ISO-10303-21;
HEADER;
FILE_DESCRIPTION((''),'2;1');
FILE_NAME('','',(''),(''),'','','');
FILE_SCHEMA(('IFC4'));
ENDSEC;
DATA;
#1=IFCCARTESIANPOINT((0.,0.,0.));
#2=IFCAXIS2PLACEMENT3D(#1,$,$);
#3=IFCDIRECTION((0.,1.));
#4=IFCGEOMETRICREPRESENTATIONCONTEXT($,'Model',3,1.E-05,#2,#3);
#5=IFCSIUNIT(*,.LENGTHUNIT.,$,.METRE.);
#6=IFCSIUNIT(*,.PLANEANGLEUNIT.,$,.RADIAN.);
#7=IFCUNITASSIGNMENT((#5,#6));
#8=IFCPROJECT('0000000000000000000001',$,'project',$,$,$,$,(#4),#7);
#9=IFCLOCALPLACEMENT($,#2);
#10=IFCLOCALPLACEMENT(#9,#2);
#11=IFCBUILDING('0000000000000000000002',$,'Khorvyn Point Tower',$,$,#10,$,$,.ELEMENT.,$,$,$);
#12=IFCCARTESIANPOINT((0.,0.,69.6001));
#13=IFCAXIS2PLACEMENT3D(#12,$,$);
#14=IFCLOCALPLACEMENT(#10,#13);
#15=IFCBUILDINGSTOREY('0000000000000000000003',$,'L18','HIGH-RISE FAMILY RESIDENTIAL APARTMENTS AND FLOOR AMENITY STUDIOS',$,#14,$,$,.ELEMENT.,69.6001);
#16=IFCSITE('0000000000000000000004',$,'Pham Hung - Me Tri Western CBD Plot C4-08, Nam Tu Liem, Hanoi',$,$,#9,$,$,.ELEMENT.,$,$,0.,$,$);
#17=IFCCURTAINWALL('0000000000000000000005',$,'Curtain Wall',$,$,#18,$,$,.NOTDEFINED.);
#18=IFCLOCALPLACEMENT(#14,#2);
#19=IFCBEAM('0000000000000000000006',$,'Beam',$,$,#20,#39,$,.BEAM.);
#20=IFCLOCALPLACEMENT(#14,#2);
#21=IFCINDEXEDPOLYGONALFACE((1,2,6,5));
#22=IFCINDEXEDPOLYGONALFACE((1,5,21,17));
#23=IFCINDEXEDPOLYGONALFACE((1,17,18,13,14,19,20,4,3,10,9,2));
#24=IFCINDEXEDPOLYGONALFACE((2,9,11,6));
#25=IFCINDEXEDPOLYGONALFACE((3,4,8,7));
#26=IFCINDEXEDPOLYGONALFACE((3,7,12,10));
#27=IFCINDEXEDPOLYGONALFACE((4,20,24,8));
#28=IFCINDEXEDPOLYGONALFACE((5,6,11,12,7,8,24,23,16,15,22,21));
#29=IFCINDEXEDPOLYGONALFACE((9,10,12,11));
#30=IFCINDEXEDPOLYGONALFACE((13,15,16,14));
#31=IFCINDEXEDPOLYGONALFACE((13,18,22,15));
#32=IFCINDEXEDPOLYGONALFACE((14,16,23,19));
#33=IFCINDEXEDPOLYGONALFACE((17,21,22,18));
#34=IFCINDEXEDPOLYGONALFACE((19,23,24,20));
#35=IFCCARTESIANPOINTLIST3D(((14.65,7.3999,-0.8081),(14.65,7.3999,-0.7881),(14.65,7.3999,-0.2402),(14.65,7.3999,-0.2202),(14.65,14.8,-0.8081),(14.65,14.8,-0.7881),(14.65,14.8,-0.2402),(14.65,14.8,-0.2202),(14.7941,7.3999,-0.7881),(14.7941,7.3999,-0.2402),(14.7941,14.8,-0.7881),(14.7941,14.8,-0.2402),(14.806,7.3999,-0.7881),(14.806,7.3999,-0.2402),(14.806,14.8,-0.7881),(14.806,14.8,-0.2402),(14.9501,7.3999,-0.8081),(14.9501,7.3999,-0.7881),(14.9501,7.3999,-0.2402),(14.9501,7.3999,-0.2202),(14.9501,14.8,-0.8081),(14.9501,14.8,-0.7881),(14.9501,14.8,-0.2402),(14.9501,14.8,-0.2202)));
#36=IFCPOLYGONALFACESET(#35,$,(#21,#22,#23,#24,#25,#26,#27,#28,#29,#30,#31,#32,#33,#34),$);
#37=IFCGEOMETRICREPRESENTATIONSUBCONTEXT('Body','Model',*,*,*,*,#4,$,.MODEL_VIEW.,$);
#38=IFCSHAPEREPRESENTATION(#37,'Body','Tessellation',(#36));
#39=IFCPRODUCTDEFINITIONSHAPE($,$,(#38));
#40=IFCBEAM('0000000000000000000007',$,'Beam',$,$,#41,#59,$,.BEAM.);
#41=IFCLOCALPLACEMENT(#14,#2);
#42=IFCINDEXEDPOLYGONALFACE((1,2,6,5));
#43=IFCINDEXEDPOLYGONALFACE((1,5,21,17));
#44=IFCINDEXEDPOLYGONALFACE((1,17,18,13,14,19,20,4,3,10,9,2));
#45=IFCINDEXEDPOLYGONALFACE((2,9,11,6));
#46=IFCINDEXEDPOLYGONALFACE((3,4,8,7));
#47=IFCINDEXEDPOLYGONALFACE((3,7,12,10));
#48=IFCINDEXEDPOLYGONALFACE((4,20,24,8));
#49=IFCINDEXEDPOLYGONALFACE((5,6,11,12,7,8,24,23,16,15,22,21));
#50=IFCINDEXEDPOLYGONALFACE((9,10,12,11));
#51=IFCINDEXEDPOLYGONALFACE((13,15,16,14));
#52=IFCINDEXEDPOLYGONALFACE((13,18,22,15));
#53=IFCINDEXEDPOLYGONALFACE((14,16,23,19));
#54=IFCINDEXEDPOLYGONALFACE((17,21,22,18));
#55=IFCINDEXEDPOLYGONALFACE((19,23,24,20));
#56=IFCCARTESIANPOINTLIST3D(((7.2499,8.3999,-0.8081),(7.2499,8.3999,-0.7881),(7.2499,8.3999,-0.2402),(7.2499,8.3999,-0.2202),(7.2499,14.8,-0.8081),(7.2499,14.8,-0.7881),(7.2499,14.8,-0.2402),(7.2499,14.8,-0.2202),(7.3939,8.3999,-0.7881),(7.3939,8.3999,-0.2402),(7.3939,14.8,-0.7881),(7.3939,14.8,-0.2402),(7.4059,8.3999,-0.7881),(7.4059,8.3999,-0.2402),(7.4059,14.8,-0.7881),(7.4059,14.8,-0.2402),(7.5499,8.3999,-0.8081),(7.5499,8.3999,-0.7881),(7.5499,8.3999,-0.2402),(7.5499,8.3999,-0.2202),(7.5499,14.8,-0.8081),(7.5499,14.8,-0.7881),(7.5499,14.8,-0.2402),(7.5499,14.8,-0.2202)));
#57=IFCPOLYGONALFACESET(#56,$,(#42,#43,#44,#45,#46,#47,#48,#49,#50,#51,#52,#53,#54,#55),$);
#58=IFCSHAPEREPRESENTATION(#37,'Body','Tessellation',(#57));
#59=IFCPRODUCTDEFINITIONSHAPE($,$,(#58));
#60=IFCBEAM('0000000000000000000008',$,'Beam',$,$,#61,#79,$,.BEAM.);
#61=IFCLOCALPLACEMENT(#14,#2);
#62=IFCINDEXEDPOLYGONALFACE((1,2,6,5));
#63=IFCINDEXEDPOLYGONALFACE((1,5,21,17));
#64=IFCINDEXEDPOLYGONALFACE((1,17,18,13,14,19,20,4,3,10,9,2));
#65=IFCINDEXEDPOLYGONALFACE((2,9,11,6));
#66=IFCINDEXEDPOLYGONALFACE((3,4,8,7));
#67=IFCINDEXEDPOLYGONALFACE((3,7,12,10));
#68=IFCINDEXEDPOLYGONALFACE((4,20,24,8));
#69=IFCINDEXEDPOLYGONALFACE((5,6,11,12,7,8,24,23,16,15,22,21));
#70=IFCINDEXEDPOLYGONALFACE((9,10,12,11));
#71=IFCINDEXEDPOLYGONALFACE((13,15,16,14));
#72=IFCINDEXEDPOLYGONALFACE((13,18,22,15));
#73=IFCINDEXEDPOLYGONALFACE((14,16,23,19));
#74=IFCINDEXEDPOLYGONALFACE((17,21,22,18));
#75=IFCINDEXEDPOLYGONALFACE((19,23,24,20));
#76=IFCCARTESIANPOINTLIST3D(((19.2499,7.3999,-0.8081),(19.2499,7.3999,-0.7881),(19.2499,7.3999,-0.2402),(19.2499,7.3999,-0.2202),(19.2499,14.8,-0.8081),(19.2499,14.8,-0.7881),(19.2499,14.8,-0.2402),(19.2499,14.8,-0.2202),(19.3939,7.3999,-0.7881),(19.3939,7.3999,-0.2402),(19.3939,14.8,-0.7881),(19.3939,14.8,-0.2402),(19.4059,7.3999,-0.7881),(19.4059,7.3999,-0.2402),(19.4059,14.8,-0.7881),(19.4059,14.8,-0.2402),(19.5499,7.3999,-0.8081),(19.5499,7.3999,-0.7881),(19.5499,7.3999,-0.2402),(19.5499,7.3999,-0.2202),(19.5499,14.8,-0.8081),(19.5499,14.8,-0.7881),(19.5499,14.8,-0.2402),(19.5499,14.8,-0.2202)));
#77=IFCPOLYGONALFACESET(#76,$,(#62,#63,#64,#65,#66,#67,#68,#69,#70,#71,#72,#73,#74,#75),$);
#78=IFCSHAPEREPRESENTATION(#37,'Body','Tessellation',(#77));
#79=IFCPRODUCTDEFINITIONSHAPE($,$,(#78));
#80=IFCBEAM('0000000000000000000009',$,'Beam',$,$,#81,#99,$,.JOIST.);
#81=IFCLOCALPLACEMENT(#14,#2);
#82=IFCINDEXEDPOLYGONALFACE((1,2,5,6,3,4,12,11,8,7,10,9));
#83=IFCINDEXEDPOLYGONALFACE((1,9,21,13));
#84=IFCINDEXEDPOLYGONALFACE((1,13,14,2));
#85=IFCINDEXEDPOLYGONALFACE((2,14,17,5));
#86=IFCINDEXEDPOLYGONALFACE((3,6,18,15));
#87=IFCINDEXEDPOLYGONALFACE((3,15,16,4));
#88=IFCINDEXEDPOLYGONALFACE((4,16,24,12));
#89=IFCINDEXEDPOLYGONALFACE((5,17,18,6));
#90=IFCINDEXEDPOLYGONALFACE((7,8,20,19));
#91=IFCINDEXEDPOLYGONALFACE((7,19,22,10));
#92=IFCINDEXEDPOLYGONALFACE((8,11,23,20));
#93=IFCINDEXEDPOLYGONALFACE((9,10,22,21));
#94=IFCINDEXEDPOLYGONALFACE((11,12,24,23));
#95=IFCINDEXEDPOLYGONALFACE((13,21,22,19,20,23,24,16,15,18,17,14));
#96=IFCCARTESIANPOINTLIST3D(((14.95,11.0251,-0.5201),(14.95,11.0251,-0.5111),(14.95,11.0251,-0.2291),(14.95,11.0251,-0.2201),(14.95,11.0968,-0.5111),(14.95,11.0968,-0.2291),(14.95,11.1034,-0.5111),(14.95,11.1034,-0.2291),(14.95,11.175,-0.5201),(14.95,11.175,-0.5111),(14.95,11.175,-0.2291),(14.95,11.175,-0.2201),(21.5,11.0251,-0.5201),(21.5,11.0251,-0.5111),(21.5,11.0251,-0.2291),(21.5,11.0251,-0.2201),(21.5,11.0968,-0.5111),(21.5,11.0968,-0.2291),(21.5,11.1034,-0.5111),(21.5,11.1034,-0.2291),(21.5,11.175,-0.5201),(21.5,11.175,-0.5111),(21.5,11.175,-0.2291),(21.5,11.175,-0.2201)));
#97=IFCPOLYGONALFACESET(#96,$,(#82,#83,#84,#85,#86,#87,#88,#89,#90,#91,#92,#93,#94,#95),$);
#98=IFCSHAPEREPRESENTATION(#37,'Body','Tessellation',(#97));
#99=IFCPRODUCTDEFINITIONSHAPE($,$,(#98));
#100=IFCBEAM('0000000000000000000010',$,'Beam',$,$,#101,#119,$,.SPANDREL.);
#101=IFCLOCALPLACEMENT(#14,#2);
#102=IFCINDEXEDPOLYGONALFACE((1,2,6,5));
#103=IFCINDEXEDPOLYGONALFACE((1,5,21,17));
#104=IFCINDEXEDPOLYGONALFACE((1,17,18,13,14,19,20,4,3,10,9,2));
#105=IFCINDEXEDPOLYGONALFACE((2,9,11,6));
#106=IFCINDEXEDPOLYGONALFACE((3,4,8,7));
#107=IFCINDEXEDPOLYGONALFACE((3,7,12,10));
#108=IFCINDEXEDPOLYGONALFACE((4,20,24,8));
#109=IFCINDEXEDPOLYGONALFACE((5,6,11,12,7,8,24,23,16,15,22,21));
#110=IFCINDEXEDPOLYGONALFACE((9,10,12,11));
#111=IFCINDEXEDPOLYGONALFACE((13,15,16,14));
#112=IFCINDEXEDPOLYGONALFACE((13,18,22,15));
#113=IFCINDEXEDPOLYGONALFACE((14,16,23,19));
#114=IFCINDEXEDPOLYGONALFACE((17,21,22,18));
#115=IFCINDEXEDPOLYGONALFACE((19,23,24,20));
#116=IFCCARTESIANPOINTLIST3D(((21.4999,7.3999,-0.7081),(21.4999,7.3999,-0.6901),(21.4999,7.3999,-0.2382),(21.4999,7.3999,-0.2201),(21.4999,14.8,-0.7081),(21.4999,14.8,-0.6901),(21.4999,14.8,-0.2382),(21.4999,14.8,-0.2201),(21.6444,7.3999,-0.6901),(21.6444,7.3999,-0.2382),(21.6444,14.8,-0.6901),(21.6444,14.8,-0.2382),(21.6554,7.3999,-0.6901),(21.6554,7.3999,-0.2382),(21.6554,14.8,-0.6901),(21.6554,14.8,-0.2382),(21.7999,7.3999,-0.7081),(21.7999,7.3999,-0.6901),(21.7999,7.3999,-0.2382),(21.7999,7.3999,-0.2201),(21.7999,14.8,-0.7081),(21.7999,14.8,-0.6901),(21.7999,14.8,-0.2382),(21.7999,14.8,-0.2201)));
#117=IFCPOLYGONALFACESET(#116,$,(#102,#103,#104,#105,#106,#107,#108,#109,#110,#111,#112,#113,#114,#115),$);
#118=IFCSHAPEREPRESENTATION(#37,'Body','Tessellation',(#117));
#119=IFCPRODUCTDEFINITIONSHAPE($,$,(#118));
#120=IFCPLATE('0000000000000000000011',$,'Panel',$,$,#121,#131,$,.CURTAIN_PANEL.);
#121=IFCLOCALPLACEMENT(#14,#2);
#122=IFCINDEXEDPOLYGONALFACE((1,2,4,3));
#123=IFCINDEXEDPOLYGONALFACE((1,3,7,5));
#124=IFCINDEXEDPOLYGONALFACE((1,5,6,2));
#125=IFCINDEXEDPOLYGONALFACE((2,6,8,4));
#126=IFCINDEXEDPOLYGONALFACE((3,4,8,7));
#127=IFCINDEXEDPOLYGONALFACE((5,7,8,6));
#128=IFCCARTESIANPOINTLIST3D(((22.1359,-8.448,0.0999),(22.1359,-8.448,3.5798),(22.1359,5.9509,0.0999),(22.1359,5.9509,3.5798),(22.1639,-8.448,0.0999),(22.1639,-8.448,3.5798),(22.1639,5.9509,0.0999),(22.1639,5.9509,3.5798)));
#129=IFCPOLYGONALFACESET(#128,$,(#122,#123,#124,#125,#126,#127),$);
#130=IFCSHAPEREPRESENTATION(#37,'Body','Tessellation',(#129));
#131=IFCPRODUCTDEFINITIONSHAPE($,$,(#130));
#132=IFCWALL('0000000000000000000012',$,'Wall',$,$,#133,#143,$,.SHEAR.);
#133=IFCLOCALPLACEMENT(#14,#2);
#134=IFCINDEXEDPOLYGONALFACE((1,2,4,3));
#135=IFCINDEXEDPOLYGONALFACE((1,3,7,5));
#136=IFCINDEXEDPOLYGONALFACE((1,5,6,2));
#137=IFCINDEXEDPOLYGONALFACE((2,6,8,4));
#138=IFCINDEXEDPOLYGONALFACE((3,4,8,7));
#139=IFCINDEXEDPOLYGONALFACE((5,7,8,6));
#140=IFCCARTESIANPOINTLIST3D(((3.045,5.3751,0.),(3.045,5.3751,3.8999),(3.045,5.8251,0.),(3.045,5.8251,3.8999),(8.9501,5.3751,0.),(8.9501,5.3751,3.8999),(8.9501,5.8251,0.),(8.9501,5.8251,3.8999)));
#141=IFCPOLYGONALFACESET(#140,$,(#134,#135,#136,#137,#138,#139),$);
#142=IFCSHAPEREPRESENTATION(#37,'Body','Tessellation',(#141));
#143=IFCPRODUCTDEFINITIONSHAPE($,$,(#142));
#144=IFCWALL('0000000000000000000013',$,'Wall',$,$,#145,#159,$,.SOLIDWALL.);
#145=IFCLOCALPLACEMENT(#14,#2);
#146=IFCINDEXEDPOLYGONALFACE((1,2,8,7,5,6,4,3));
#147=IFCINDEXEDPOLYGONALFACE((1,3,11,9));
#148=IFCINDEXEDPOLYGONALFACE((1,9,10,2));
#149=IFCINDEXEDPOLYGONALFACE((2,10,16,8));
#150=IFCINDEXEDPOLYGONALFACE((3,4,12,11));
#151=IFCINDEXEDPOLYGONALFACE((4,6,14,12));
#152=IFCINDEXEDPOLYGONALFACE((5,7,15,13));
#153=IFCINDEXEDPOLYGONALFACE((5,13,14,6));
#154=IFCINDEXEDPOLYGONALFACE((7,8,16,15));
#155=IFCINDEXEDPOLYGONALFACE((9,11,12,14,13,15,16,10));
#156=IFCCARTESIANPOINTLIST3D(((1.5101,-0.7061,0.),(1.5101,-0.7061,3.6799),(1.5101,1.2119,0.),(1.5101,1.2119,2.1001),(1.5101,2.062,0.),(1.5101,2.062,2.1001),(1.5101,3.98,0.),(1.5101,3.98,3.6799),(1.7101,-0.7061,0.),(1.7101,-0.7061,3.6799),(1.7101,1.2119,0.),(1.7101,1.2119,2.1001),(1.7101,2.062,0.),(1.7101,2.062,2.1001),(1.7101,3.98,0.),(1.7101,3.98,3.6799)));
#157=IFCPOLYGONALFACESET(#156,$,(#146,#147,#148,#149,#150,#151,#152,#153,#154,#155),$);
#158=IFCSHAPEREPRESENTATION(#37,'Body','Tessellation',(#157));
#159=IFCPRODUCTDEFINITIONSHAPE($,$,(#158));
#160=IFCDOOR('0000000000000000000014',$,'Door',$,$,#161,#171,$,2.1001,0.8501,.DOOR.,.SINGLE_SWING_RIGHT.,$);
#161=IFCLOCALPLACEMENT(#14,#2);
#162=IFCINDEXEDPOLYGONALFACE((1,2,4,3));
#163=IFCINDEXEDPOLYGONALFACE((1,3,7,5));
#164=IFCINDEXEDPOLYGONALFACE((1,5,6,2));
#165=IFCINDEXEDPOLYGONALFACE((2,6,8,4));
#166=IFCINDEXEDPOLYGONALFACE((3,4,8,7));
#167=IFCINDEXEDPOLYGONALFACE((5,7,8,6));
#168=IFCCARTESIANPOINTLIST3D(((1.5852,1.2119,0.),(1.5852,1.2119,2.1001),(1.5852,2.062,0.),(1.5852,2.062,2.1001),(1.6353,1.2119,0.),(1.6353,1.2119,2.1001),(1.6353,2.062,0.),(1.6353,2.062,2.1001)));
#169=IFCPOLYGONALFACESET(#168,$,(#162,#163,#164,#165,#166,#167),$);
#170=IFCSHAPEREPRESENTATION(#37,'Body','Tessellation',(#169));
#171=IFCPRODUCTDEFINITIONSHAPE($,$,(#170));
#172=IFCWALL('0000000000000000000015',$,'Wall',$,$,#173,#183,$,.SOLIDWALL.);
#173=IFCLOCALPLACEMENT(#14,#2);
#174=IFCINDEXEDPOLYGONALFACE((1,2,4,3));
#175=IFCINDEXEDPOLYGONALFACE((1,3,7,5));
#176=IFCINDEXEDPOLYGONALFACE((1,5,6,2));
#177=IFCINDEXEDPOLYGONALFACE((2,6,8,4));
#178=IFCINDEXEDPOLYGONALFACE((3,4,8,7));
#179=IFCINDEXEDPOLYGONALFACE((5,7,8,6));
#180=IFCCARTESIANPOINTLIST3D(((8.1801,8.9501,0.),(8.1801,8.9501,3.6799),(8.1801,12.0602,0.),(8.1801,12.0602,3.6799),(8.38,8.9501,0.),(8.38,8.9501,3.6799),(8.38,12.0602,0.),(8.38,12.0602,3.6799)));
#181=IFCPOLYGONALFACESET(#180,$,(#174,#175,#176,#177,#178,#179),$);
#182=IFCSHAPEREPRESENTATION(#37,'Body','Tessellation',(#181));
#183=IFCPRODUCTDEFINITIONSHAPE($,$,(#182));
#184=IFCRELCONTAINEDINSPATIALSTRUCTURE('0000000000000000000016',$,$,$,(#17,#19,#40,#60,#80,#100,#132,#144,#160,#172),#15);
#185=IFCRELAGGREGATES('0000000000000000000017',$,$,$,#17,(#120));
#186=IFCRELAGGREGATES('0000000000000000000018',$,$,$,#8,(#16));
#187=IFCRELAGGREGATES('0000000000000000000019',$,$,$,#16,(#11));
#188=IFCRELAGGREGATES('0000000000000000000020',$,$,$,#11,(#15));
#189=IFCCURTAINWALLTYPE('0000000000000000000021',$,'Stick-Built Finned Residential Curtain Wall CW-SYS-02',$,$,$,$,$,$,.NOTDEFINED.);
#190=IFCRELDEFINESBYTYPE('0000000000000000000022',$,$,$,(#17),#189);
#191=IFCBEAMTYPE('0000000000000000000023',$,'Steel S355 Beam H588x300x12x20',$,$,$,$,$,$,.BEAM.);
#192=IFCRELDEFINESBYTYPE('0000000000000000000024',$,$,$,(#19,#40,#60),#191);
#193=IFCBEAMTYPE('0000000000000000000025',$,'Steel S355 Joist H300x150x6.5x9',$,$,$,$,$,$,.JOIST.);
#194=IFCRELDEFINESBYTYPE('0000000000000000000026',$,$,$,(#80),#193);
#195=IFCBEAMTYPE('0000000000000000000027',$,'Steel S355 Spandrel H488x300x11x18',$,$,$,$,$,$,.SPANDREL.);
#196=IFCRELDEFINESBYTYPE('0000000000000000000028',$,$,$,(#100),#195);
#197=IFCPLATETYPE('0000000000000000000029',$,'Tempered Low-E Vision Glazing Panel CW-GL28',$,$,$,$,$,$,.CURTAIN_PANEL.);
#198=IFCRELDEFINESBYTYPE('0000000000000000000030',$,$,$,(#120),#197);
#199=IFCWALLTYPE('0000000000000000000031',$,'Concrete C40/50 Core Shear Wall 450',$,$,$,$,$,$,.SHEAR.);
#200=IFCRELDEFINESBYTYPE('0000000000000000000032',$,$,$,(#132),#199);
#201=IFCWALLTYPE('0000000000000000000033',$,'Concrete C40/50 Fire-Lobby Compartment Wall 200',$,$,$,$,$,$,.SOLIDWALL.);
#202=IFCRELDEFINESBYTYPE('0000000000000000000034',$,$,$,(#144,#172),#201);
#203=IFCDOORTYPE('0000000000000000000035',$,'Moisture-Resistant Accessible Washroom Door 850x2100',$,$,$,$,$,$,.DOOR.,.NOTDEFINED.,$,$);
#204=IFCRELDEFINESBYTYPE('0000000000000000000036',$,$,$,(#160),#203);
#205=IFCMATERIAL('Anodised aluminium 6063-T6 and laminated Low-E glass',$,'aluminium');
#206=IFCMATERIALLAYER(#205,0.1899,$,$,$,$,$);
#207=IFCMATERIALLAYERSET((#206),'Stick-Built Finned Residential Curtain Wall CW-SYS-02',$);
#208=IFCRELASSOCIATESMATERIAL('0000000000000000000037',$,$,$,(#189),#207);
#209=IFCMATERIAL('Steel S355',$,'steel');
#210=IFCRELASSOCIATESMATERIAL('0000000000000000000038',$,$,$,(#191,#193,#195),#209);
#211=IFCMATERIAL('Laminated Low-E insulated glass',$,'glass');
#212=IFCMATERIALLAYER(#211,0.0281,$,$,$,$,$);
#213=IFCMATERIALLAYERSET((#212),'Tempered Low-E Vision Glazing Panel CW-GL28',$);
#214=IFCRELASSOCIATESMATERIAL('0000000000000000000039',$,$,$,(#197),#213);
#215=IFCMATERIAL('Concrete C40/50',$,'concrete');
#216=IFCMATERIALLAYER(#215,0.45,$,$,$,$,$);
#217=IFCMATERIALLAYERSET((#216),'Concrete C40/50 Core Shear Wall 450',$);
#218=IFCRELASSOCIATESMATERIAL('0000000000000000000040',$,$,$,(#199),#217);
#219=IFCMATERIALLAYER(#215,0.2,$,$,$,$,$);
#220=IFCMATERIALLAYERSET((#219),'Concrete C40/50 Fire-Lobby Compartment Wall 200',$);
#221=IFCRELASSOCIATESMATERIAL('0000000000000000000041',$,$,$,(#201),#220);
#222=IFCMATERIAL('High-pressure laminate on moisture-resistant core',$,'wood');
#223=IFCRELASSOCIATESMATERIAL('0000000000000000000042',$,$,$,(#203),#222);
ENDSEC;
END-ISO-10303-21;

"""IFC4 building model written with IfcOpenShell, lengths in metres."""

from ifc_helpers import new_model, si_unit, direction, frame, frame_2d, origin, origin_2d, place, context, subcontext, project, spatial, rectangle, i_section, extrude, material, layer, layer_set, material_profile, profile_set, type_object, element, fill, aggregate, save


model = new_model("IFC4")

# Units and contexts
model_context = context("Model", 3, precision=1e-05, world=origin(), true_north=direction((0.0, 1.0)))
body_context = subcontext(model_context, "Body", "Model", "MODEL_VIEW")
ifc_project = project(units=[si_unit("LENGTHUNIT", "METRE"), si_unit("PLANEANGLEUNIT", "RADIAN")], contexts=[model_context])

# Site, building, storey
site_placement = place(None, origin())
site = spatial("IfcSite", under=ifc_project, at=site_placement, Name="Pham Hung - Me Tri Western CBD Plot C4-08, Nam Tu Liem, Hanoi", CompositionType="ELEMENT", RefElevation=0.0)
building_placement = place(site_placement, origin())
building = spatial("IfcBuilding", under=site, at=building_placement, Name="Khorvyn Point Tower", CompositionType="ELEMENT")
storey_placement = place(building_placement, frame((0.0, 0.0, 69.6001)))
storey = spatial("IfcBuildingStorey", under=building, at=storey_placement, Name="L18", Description="HIGH-RISE FAMILY RESIDENTIAL APARTMENTS AND FLOOR AMENITY STUDIOS", CompositionType="ELEMENT", Elevation=69.6001)

# Curtain wall
ifc_material_1 = material(Name="Anodised aluminium 6063-T6 and laminated Low-E glass", Category="aluminium")
ifc_layer_1 = layer(ifc_material_1, 0.1899)
ifc_layer_set_1 = layer_set([ifc_layer_1], Name="Stick-Built Finned Residential Curtain Wall CW-SYS-02")
curtain_wall_type = type_object("IfcCurtainWallType", Name="Stick-Built Finned Residential Curtain Wall CW-SYS-02", PredefinedType="NOTDEFINED", material=ifc_layer_set_1)
curtain_wall_placement = place(storey_placement, origin())
curtain_wall = element("IfcCurtainWall", 1, at=curtain_wall_placement, inside=storey, type_object=curtain_wall_type, Name="Curtain Wall", PredefinedType="NOTDEFINED")

# Beams
ifc_material_2 = material(Name="Steel S355", Category="steel")
ifc_material_profile_1 = material_profile(ifc_material_2, i_section(OverallWidth=0.3, OverallDepth=0.5879, WebThickness=0.012, FlangeThickness=0.02, at=origin_2d()))
ifc_profile_set_1 = profile_set([ifc_material_profile_1], Name="Steel S355 H588x300x12x20")
beam_type_1 = type_object("IfcBeamType", Name="Steel S355 Beam H588x300x12x20", PredefinedType="BEAM", material=ifc_profile_set_1)
beam_1_placement = place(storey_placement, frame((14.8, 7.3999, -0.5142), z_axis=(0.0, 1.0, 0.0), x_axis=(-1.0, 0.0, 0.0)))
element("IfcBeam", 2, at=beam_1_placement, inside=storey, type_object=beam_type_1, Name="Beam", PredefinedType="BEAM", context=body_context, shape_type="SweptSolid", body=[
    extrude(i_section(OverallWidth=0.3, OverallDepth=0.5879, WebThickness=0.012, FlangeThickness=0.02, at=origin_2d()), origin(), (0.0, 0.0, 1.0), 7.4001),
])
beam_2_placement = place(storey_placement, frame((7.3999, 8.3999, -0.5142), z_axis=(0.0, 1.0, 0.0), x_axis=(-1.0, 0.0, 0.0)))
element("IfcBeam", 3, at=beam_2_placement, inside=storey, type_object=beam_type_1, Name="Beam", PredefinedType="BEAM", context=body_context, shape_type="SweptSolid", body=[
    extrude(i_section(OverallWidth=0.3, OverallDepth=0.5879, WebThickness=0.012, FlangeThickness=0.02, at=origin_2d()), origin(), (0.0, 0.0, 1.0), 6.4001),
])
beam_3_placement = place(storey_placement, frame((19.3999, 7.3999, -0.5142), z_axis=(0.0, 1.0, 0.0), x_axis=(-1.0, 0.0, 0.0)))
element("IfcBeam", 4, at=beam_3_placement, inside=storey, type_object=beam_type_1, Name="Beam", PredefinedType="BEAM", context=body_context, shape_type="SweptSolid", body=[
    extrude(i_section(OverallWidth=0.3, OverallDepth=0.5879, WebThickness=0.012, FlangeThickness=0.02, at=origin_2d()), origin(), (0.0, 0.0, 1.0), 7.4001),
])
ifc_material_profile_2 = material_profile(ifc_material_2, i_section(OverallWidth=0.1499, OverallDepth=0.3, WebThickness=0.0066, FlangeThickness=0.009, at=origin_2d()))
ifc_profile_set_2 = profile_set([ifc_material_profile_2], Name="Steel S355 H300x150x6.5x9")
beam_type_2 = type_object("IfcBeamType", Name="Steel S355 Joist H300x150x6.5x9", PredefinedType="JOIST", material=ifc_profile_set_2)
beam_4_placement = place(storey_placement, frame((14.95, 11.1001, -0.3701), z_axis=(1.0, 0.0, 0.0), x_axis=(0.0, 1.0, 0.0)))
element("IfcBeam", 5, at=beam_4_placement, inside=storey, type_object=beam_type_2, Name="Beam", PredefinedType="JOIST", context=body_context, shape_type="SweptSolid", body=[
    extrude(i_section(OverallWidth=0.1499, OverallDepth=0.3, WebThickness=0.0066, FlangeThickness=0.009, at=origin_2d()), origin(), (0.0, 0.0, 1.0), 6.55),
])
ifc_material_profile_3 = material_profile(ifc_material_2, i_section(OverallWidth=0.3, OverallDepth=0.488, WebThickness=0.011, FlangeThickness=0.0181, at=origin_2d()))
ifc_profile_set_3 = profile_set([ifc_material_profile_3], Name="Steel S355 H488x300x11x18")
beam_type_3 = type_object("IfcBeamType", Name="Steel S355 Spandrel H488x300x11x18", PredefinedType="SPANDREL", material=ifc_profile_set_3)
beam_5_placement = place(storey_placement, frame((21.6499, 7.3999, -0.4641), z_axis=(0.0, 1.0, 0.0), x_axis=(-1.0, 0.0, 0.0)))
element("IfcBeam", 6, at=beam_5_placement, inside=storey, type_object=beam_type_3, Name="Beam", PredefinedType="SPANDREL", context=body_context, shape_type="SweptSolid", body=[
    extrude(i_section(OverallWidth=0.3, OverallDepth=0.488, WebThickness=0.011, FlangeThickness=0.0181, at=origin_2d()), origin(), (0.0, 0.0, 1.0), 7.4001),
])

# Plate
ifc_material_3 = material(Name="Laminated Low-E insulated glass", Category="glass")
ifc_layer_2 = layer(ifc_material_3, 0.0281)
ifc_layer_set_2 = layer_set([ifc_layer_2], Name="Tempered Low-E Vision Glazing Panel CW-GL28")
plate_type = type_object("IfcPlateType", Name="Tempered Low-E Vision Glazing Panel CW-GL28", PredefinedType="CURTAIN_PANEL", material=ifc_layer_set_2)
plate_placement = place(storey_placement, frame((22.1499, -1.2485, 0.0999), z_axis=(0.0, 0.0, 1.0), x_axis=(0.0, -1.0, 0.0)))
plate = element("IfcPlate", 7, at=plate_placement, type_object=plate_type, Name="Panel", PredefinedType="CURTAIN_PANEL", context=body_context, shape_type="SweptSolid", body=[
    extrude(rectangle(XDim=14.3989, YDim=0.0281, at=origin_2d()), origin(), (0.0, 0.0, 1.0), 3.48),
])
aggregate(curtain_wall, [plate])

# Wall
ifc_material_4 = material(Name="Concrete C40/50", Category="concrete")
ifc_layer_3 = layer(ifc_material_4, 0.45)
ifc_layer_set_3 = layer_set([ifc_layer_3], Name="Concrete C40/50 Core Shear Wall 450")
wall_type_1 = type_object("IfcWallType", Name="Concrete C40/50 Core Shear Wall 450", PredefinedType="SHEAR", material=ifc_layer_set_3)
wall_1_placement = place(storey_placement, frame((3.0449, 5.6001, 0.0), z_axis=(0.0, 0.0, 1.0), x_axis=(1.0, 0.0, 0.0)))
element("IfcWall", 8, at=wall_1_placement, inside=storey, type_object=wall_type_1, Name="Wall", PredefinedType="SHEAR", context=body_context, shape_type="SweptSolid", body=[
    extrude(rectangle(XDim=5.905, YDim=0.45, at=frame_2d((2.9526, 0.0))), origin(), (0.0, 0.0, 1.0), 3.8999),
])

# Wall, opening, door
ifc_layer_4 = layer(ifc_material_4, 0.2)
ifc_layer_set_4 = layer_set([ifc_layer_4], Name="Concrete C40/50 Fire-Lobby Compartment Wall 200")
wall_type_2 = type_object("IfcWallType", Name="Concrete C40/50 Fire-Lobby Compartment Wall 200", PredefinedType="SOLIDWALL", material=ifc_layer_set_4)
wall_2_placement = place(storey_placement, frame((1.6101, -0.7061, 0.0), z_axis=(0.0, 0.0, 1.0), x_axis=(0.0, 1.0, 0.0)))
wall_2 = element("IfcWall", 9, at=wall_2_placement, inside=storey, type_object=wall_type_2, Name="Wall", PredefinedType="SOLIDWALL", context=body_context, shape_type="SweptSolid", body=[
    extrude(rectangle(XDim=4.686, YDim=0.2, at=frame_2d((2.343, 0.0))), origin(), (0.0, 0.0, 1.0), 3.6799),
])
opening_1_placement = place(wall_2_placement, frame((1.918, 0.0, 0.0)))
opening_1 = element("IfcOpeningElement", 10, at=opening_1_placement, cuts=wall_2, PredefinedType="OPENING", context=body_context, shape_type="SweptSolid", body=[
    extrude(rectangle(XDim=0.8501, YDim=2.1001, at=frame_2d((0.425, 1.05))), frame((0.0, 0.1099, 0.0), z_axis=(0.0, -1.0, 0.0), x_axis=(1.0, 0.0, 0.0)), (0.0, 0.0, 1.0), 0.22),
])
ifc_material_5 = material(Name="High-pressure laminate on moisture-resistant core", Category="wood")
door_type_1 = type_object("IfcDoorType", Name="Moisture-Resistant Accessible Washroom Door 850x2100", OperationType="NOTDEFINED", PredefinedType="DOOR", material=ifc_material_5)
door_1_placement = place(opening_1_placement, origin())
door_1 = element("IfcDoor", 11, at=door_1_placement, inside=storey, type_object=door_type_1, Name="Door", OperationType="SINGLE_SWING_RIGHT", OverallHeight=2.1001, OverallWidth=0.8501, PredefinedType="DOOR", context=body_context, shape_type="SweptSolid", body=[
    extrude(rectangle(XDim=0.8501, YDim=2.1001, at=frame_2d((0.425, 1.05))), frame((0.0, 0.0249, 0.0), z_axis=(0.0, -1.0, 0.0), x_axis=(1.0, 0.0, 0.0)), (0.0, 0.0, 1.0), 0.05),
])
fill(opening_1, door_1)

# Wall
wall_3_placement = place(storey_placement, frame((8.28, 8.95, 0.0), z_axis=(0.0, 0.0, 1.0), x_axis=(0.0, 1.0, 0.0)))
element("IfcWall", 12, at=wall_3_placement, inside=storey, type_object=wall_type_2, Name="Wall", PredefinedType="SOLIDWALL", context=body_context, shape_type="SweptSolid", body=[
    extrude(rectangle(XDim=3.1101, YDim=0.2, at=frame_2d((1.5552, 0.0))), origin(), (0.0, 0.0, 1.0), 3.6799),
])

save(model, "model.ifc")
